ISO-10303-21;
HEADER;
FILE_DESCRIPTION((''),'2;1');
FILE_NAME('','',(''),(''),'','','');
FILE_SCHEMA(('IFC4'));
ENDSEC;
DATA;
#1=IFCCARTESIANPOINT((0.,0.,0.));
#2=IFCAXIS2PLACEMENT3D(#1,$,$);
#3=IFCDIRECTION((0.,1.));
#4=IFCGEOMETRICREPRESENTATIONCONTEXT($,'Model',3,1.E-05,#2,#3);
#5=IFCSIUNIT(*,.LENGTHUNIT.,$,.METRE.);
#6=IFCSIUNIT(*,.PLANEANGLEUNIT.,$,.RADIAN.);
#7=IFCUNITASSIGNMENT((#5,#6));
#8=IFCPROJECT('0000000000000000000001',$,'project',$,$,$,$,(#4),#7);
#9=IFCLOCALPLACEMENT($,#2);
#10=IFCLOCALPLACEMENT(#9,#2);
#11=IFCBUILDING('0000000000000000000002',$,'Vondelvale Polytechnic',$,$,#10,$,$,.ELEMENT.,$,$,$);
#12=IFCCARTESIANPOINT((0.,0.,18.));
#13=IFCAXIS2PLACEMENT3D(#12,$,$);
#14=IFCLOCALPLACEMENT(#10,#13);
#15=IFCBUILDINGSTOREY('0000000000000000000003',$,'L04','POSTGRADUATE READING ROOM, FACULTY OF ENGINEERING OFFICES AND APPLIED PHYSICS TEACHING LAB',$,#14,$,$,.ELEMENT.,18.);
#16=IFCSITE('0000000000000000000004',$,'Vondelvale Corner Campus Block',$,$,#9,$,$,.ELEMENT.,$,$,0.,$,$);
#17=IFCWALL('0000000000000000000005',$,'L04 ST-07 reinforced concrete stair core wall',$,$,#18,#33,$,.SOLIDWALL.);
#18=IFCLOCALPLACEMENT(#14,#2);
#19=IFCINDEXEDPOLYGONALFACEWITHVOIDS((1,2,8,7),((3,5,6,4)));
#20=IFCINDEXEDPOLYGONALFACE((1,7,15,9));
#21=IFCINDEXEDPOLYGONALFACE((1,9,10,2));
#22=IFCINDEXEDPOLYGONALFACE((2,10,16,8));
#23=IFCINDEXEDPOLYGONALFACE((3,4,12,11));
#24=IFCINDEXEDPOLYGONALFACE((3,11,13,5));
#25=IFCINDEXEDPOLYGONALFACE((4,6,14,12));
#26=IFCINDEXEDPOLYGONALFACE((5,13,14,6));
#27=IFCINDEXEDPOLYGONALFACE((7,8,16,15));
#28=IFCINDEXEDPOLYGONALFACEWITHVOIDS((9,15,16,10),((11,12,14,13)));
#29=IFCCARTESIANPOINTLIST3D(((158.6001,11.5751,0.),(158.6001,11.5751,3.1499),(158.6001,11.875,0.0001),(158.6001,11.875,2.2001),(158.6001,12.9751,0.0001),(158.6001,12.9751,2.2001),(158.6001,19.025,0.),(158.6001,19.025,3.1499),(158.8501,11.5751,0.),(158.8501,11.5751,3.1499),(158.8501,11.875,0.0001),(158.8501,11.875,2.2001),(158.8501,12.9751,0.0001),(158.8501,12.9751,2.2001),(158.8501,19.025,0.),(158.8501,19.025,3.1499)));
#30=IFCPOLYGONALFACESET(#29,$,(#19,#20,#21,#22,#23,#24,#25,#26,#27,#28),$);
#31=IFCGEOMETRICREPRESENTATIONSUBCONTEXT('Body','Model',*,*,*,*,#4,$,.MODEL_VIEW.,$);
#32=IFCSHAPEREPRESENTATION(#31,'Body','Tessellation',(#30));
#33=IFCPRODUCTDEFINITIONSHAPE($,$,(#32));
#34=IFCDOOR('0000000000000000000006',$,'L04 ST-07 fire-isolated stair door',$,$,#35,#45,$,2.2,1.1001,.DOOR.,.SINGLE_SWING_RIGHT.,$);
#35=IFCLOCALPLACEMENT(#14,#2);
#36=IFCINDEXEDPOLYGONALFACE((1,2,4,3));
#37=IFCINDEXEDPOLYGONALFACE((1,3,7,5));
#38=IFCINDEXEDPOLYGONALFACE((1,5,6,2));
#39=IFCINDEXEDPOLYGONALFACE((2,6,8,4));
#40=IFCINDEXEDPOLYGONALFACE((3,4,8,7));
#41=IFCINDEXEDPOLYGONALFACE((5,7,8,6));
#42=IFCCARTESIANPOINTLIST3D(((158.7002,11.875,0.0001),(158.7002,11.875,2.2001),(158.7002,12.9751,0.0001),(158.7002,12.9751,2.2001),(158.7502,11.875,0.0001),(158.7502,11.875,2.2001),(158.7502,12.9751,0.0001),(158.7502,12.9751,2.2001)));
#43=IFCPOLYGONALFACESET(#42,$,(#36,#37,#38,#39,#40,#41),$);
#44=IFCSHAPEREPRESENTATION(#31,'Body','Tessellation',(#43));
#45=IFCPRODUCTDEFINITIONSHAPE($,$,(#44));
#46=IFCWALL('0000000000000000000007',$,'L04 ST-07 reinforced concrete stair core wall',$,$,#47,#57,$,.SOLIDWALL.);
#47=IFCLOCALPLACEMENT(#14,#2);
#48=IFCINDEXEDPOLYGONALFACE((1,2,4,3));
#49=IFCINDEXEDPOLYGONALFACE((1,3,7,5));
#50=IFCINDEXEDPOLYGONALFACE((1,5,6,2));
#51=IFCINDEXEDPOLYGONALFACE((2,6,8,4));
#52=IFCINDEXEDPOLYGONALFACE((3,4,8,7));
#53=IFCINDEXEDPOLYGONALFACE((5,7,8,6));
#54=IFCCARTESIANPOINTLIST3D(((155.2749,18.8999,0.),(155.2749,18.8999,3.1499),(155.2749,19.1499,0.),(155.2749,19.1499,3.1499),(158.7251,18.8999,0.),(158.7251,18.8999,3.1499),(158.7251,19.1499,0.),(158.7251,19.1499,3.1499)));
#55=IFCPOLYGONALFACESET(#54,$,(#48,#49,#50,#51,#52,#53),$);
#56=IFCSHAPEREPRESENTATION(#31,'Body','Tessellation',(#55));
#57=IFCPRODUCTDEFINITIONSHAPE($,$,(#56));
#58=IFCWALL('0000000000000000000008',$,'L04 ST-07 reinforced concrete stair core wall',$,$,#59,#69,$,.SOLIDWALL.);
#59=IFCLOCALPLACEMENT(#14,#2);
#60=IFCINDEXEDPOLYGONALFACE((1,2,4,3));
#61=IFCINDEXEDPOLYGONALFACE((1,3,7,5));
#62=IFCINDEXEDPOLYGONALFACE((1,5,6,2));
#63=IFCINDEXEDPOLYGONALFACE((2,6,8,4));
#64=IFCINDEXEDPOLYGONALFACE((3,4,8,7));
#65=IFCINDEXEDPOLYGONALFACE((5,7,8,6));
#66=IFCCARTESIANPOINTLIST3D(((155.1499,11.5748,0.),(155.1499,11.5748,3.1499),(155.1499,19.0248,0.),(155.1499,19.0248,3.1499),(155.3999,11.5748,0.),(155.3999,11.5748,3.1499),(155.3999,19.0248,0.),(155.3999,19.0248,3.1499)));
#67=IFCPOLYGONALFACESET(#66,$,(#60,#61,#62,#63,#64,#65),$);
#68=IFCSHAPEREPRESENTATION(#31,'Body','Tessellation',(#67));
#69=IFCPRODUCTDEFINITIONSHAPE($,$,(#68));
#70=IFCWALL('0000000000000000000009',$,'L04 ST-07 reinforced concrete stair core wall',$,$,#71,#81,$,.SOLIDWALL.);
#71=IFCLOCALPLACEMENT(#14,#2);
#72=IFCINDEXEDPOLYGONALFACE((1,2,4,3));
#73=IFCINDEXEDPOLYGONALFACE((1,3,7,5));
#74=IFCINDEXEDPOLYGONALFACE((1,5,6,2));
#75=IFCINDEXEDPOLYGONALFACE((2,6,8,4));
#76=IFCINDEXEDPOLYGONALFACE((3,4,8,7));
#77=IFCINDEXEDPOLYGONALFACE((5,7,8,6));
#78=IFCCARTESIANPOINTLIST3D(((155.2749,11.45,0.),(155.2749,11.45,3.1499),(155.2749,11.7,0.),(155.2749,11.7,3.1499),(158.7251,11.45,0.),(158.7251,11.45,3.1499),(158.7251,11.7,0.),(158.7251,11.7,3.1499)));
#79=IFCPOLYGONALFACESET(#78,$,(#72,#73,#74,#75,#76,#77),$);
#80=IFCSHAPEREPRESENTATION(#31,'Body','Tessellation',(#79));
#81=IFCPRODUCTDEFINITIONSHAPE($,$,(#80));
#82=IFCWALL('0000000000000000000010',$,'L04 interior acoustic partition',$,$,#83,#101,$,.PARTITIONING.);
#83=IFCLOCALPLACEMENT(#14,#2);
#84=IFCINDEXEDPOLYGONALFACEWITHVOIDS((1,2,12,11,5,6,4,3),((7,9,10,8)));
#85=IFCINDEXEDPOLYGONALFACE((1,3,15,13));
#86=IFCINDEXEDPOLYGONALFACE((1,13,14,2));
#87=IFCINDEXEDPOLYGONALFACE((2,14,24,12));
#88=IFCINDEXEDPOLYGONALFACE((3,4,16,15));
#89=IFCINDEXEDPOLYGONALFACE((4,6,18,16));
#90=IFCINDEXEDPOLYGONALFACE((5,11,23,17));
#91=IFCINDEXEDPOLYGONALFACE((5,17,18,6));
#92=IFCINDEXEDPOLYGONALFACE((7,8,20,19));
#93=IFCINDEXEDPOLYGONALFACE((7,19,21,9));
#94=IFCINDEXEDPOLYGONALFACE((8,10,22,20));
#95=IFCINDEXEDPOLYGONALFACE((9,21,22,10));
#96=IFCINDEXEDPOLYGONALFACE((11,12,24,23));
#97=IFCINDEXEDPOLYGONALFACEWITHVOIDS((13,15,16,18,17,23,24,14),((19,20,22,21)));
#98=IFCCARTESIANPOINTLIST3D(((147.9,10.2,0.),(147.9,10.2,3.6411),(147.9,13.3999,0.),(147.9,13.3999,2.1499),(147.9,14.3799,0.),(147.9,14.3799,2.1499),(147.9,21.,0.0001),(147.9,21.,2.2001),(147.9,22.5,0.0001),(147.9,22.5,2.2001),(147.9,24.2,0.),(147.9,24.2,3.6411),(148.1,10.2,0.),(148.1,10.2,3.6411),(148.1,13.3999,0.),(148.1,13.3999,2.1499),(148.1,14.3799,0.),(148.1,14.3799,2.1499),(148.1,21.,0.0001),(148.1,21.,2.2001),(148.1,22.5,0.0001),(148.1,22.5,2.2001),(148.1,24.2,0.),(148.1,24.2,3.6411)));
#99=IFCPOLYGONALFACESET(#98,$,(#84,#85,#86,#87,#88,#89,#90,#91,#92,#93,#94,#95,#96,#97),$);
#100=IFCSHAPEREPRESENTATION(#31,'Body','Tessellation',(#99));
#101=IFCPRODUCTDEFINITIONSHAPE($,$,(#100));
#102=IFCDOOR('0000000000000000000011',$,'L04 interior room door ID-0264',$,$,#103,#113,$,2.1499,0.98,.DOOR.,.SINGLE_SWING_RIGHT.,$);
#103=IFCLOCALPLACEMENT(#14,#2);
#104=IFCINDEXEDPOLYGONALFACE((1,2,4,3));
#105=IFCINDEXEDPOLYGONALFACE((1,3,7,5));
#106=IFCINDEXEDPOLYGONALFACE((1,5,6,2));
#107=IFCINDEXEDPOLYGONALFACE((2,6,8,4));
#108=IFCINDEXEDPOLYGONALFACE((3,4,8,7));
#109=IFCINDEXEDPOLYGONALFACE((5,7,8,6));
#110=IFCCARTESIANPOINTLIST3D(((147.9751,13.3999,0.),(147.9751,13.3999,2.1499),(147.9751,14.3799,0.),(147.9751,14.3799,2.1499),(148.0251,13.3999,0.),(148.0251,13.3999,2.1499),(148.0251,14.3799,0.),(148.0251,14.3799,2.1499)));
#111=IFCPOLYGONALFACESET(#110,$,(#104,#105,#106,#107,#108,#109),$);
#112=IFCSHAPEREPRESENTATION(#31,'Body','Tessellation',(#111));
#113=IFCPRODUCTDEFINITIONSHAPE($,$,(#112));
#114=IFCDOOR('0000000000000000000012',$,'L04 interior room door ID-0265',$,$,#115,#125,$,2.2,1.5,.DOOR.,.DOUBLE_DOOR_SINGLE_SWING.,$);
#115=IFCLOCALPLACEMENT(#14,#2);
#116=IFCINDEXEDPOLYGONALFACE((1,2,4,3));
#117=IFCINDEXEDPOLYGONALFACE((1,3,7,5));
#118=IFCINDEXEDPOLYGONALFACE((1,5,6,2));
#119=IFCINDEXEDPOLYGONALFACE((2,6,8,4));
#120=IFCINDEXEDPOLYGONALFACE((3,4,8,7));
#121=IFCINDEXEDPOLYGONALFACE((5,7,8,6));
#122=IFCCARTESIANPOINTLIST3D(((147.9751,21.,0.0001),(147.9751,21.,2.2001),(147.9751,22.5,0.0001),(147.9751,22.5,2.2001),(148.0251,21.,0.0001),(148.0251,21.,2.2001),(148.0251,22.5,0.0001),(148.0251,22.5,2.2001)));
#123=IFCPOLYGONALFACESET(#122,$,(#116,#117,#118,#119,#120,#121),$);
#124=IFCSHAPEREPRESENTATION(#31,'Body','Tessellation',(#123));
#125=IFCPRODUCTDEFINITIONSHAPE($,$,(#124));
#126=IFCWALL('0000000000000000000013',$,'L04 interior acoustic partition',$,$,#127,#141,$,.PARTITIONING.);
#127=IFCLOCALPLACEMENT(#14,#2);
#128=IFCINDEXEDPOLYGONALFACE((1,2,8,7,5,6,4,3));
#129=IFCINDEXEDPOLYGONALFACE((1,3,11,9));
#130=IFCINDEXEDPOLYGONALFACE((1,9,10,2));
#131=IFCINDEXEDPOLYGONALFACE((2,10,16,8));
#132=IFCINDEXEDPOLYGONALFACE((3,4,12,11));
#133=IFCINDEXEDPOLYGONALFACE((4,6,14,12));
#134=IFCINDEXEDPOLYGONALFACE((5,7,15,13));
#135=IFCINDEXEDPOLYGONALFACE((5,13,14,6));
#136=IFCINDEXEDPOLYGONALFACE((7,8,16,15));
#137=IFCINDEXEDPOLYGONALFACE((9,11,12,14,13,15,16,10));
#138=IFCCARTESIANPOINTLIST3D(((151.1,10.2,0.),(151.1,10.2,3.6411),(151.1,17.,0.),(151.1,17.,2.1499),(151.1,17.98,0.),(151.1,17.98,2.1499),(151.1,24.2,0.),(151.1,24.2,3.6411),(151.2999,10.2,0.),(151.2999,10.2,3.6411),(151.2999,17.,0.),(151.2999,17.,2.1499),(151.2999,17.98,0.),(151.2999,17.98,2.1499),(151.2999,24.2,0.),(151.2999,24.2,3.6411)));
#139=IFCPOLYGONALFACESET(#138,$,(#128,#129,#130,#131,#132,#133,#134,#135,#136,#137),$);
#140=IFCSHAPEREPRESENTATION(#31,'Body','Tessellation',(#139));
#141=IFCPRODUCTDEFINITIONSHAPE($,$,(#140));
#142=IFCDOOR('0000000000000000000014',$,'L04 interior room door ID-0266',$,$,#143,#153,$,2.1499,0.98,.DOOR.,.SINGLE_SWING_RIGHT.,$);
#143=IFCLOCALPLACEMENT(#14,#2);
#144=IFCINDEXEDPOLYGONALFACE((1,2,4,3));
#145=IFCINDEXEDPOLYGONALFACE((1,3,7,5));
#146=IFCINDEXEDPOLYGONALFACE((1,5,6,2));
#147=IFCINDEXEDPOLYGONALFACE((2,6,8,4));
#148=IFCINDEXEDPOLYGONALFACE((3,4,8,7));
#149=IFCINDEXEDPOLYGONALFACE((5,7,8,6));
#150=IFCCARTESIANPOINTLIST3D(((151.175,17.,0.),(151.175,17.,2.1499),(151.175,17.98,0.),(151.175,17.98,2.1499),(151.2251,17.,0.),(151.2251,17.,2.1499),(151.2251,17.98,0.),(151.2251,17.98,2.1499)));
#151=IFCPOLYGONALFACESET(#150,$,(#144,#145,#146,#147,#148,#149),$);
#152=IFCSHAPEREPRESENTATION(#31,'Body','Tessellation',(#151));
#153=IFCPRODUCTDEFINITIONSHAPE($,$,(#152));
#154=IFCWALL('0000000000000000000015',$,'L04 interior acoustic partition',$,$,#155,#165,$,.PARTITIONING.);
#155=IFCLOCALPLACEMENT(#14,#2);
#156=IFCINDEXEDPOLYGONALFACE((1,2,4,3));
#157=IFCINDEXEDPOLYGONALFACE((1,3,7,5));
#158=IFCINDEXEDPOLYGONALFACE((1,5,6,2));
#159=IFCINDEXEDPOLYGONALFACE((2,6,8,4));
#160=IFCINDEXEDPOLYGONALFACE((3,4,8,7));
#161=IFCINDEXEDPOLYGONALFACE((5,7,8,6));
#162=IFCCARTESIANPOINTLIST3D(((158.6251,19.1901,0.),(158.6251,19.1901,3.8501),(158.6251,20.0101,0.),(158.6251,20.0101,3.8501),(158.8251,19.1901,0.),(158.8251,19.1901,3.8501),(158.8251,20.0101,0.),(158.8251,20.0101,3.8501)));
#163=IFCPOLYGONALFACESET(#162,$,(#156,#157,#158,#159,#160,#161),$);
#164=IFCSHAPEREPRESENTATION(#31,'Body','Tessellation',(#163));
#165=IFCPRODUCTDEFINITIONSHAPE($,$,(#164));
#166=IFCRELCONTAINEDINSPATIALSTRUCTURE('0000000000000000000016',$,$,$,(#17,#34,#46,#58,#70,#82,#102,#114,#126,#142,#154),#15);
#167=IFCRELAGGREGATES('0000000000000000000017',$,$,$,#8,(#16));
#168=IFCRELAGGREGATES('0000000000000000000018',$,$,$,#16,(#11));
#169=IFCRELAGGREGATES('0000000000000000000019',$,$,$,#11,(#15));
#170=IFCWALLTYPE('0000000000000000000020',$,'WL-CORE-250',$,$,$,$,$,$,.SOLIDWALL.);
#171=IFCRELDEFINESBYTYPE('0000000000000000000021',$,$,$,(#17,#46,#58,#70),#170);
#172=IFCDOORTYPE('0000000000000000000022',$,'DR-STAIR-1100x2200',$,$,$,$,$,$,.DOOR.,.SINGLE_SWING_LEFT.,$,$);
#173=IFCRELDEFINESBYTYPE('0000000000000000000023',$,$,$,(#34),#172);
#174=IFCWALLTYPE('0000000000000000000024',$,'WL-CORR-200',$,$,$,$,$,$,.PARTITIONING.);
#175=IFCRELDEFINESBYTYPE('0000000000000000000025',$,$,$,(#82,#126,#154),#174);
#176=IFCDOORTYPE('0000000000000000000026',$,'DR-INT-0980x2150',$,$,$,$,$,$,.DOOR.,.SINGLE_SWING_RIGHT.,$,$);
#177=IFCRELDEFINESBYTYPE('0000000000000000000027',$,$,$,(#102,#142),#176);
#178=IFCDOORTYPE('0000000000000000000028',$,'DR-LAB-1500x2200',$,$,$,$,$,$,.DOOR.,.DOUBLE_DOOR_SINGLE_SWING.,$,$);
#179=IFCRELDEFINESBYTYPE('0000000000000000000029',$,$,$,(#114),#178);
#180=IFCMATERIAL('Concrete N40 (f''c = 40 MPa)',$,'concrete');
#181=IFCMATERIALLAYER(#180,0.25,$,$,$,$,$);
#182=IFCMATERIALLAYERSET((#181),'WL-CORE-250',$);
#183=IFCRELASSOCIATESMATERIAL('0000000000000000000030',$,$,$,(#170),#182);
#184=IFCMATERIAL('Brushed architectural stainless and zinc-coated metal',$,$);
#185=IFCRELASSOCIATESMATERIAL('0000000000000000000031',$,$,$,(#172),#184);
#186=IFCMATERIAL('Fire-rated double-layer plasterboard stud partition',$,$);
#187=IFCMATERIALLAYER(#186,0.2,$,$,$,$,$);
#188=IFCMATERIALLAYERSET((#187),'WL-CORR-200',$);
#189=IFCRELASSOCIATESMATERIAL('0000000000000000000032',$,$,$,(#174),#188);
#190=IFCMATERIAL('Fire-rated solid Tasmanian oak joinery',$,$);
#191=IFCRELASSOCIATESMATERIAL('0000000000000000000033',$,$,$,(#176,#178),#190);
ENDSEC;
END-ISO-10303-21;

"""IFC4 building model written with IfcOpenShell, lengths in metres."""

from ifc_helpers import new_model, si_unit, direction, frame, frame_2d, origin, place, context, subcontext, project, spatial, rectangle, extrude, material, layer, layer_set, type_object, element, fill, save


model = new_model("IFC4")

# Units and contexts
model_context = context("Model", 3, precision=1e-05, world=origin(), true_north=direction((0.0, 1.0)))
body_context = subcontext(model_context, "Body", "Model", "MODEL_VIEW")
ifc_project = project(units=[si_unit("LENGTHUNIT", "METRE"), si_unit("PLANEANGLEUNIT", "RADIAN")], contexts=[model_context])

# Site, building, storey
site_placement = place(None, origin())
site = spatial("IfcSite", under=ifc_project, at=site_placement, Name="Vondelvale Corner Campus Block", CompositionType="ELEMENT", RefElevation=0.0)
building_placement = place(site_placement, origin())
building = spatial("IfcBuilding", under=site, at=building_placement, Name="Vondelvale Polytechnic", CompositionType="ELEMENT")
storey_placement = place(building_placement, frame((0.0, 0.0, 18.0)))
storey = spatial("IfcBuildingStorey", under=building, at=storey_placement, Name="L04", Description="POSTGRADUATE READING ROOM, FACULTY OF ENGINEERING OFFICES AND APPLIED PHYSICS TEACHING LAB", CompositionType="ELEMENT", Elevation=18.0)

# Shared definitions
ifc_material_1 = material(Name="Concrete N40 (f'c = 40 MPa)", Category="concrete")

# Shared definitions
ifc_layer_1 = layer(ifc_material_1, 0.25)
ifc_layer_set_1 = layer_set([ifc_layer_1], Name="WL-CORE-250")
wall_type_1 = type_object("IfcWallType", Name="WL-CORE-250", PredefinedType="SOLIDWALL", material=ifc_layer_set_1)
ifc_material_2 = material(Name="Brushed architectural stainless and zinc-coated metal")
door_type_1 = type_object("IfcDoorType", Name="DR-STAIR-1100x2200", OperationType="SINGLE_SWING_LEFT", PredefinedType="DOOR", material=ifc_material_2)

# Wall, opening, door
wall_1_placement = place(storey_placement, frame((158.7251, 11.575, 0.0), z_axis=(0.0, 0.0, 1.0), x_axis=(0.0, 1.0, 0.0)))
wall_1 = element("IfcWall", 1, at=wall_1_placement, inside=storey, type_object=wall_type_1, Name="L04 ST-07 reinforced concrete stair core wall", PredefinedType="SOLIDWALL", context=body_context, shape_type="SweptSolid", body=[
    extrude(rectangle(XDim=7.45, YDim=0.25, at=frame_2d((3.7251, 0.0))), origin(), (0.0, 0.0, 1.0), 3.1499),
])
opening_1_placement = place(wall_1_placement, frame((0.3, 0.0, 0.0)))
opening_1 = element("IfcOpeningElement", 2, at=opening_1_placement, cuts=wall_1, PredefinedType="OPENING", context=body_context, shape_type="SweptSolid", body=[
    extrude(rectangle(XDim=1.1001, YDim=2.2, at=frame_2d((0.55, 1.1001))), frame((0.0, 0.135, 0.0), z_axis=(0.0, -1.0, 0.0), x_axis=(1.0, 0.0, 0.0)), (0.0, 0.0, 1.0), 0.27),
])
door_1_placement = place(opening_1_placement, origin())
door_1 = element("IfcDoor", 3, at=door_1_placement, inside=storey, type_object=door_type_1, Name="L04 ST-07 fire-isolated stair door", OperationType="SINGLE_SWING_RIGHT", OverallHeight=2.2, OverallWidth=1.1001, PredefinedType="DOOR", context=body_context, shape_type="SweptSolid", body=[
    extrude(rectangle(XDim=1.1001, YDim=2.2, at=frame_2d((0.55, 1.1001))), frame((0.0, 0.0249, 0.0), z_axis=(0.0, -1.0, 0.0), x_axis=(1.0, 0.0, 0.0)), (0.0, 0.0, 1.0), 0.05),
])
fill(opening_1, door_1)

# Walls
wall_2_placement = place(storey_placement, frame((158.7251, 19.0249, 0.0), z_axis=(0.0, 0.0, 1.0), x_axis=(-1.0, 0.0, 0.0)))
element("IfcWall", 4, at=wall_2_placement, inside=storey, type_object=wall_type_1, Name="L04 ST-07 reinforced concrete stair core wall", PredefinedType="SOLIDWALL", context=body_context, shape_type="SweptSolid", body=[
    extrude(rectangle(XDim=3.4502, YDim=0.25, at=frame_2d((1.7251, 0.0))), origin(), (0.0, 0.0, 1.0), 3.1499),
])
wall_3_placement = place(storey_placement, frame((155.2749, 19.0249, 0.0), z_axis=(0.0, 0.0, 1.0), x_axis=(0.0, -1.0, 0.0)))
element("IfcWall", 5, at=wall_3_placement, inside=storey, type_object=wall_type_1, Name="L04 ST-07 reinforced concrete stair core wall", PredefinedType="SOLIDWALL", context=body_context, shape_type="SweptSolid", body=[
    extrude(rectangle(XDim=7.45, YDim=0.25, at=frame_2d((3.7251, 0.0))), origin(), (0.0, 0.0, 1.0), 3.1499),
])
wall_4_placement = place(storey_placement, frame((155.2749, 11.575, 0.0), z_axis=(0.0, 0.0, 1.0), x_axis=(1.0, 0.0, 0.0)))
element("IfcWall", 6, at=wall_4_placement, inside=storey, type_object=wall_type_1, Name="L04 ST-07 reinforced concrete stair core wall", PredefinedType="SOLIDWALL", context=body_context, shape_type="SweptSolid", body=[
    extrude(rectangle(XDim=3.4502, YDim=0.25, at=frame_2d((1.7251, 0.0))), origin(), (0.0, 0.0, 1.0), 3.1499),
])

# Wall, openings, doors
ifc_material_3 = material(Name="Fire-rated double-layer plasterboard stud partition")
ifc_layer_2 = layer(ifc_material_3, 0.2)
ifc_layer_set_2 = layer_set([ifc_layer_2], Name="WL-CORR-200")
wall_type_2 = type_object("IfcWallType", Name="WL-CORR-200", PredefinedType="PARTITIONING", material=ifc_layer_set_2)
wall_5_placement = place(storey_placement, frame((148.0, 10.2, 0.0), z_axis=(0.0, 0.0, 1.0), x_axis=(0.0, 1.0, 0.0)))
wall_5 = element("IfcWall", 7, at=wall_5_placement, inside=storey, type_object=wall_type_2, Name="L04 interior acoustic partition", PredefinedType="PARTITIONING", context=body_context, shape_type="SweptSolid", body=[
    extrude(rectangle(XDim=14.0, YDim=0.2, at=frame_2d((7.0, 0.0))), origin(), (0.0, 0.0, 1.0), 3.6411),
])
opening_2_placement = place(wall_5_placement, frame((3.2, 0.0, 0.0)))
opening_2 = element("IfcOpeningElement", 8, at=opening_2_placement, cuts=wall_5, PredefinedType="OPENING", context=body_context, shape_type="SweptSolid", body=[
    extrude(rectangle(XDim=0.98, YDim=2.1499, at=frame_2d((0.49, 1.075))), frame((0.0, 0.1099, 0.0), z_axis=(0.0, -1.0, 0.0), x_axis=(1.0, 0.0, 0.0)), (0.0, 0.0, 1.0), 0.22),
])
opening_3_placement = place(wall_5_placement, frame((10.8, 0.0, 0.0)))
opening_3 = element("IfcOpeningElement", 9, at=opening_3_placement, cuts=wall_5, PredefinedType="OPENING", context=body_context, shape_type="SweptSolid", body=[
    extrude(rectangle(XDim=1.5, YDim=2.2, at=frame_2d((0.75, 1.1001))), frame((0.0, 0.1099, 0.0), z_axis=(0.0, -1.0, 0.0), x_axis=(1.0, 0.0, 0.0)), (0.0, 0.0, 1.0), 0.22),
])
ifc_material_4 = material(Name="Fire-rated solid Tasmanian oak joinery")
door_type_2 = type_object("IfcDoorType", Name="DR-INT-0980x2150", OperationType="SINGLE_SWING_RIGHT", PredefinedType="DOOR", material=ifc_material_4)
door_2_placement = place(opening_2_placement, origin())
door_2 = element("IfcDoor", 10, at=door_2_placement, inside=storey, type_object=door_type_2, Name="L04 interior room door ID-0264", OperationType="SINGLE_SWING_RIGHT", OverallHeight=2.1499, OverallWidth=0.98, PredefinedType="DOOR", context=body_context, shape_type="SweptSolid", body=[
    extrude(rectangle(XDim=0.98, YDim=2.1499, at=frame_2d((0.49, 1.075))), frame((0.0, 0.0249, 0.0), z_axis=(0.0, -1.0, 0.0), x_axis=(1.0, 0.0, 0.0)), (0.0, 0.0, 1.0), 0.05),
])
fill(opening_2, door_2)
door_type_3 = type_object("IfcDoorType", Name="DR-LAB-1500x2200", OperationType="DOUBLE_DOOR_SINGLE_SWING", PredefinedType="DOOR", material=ifc_material_4)
door_3_placement = place(opening_3_placement, origin())
door_3 = element("IfcDoor", 11, at=door_3_placement, inside=storey, type_object=door_type_3, Name="L04 interior room door ID-0265", OperationType="DOUBLE_DOOR_SINGLE_SWING", OverallHeight=2.2, OverallWidth=1.5, PredefinedType="DOOR", context=body_context, shape_type="SweptSolid", body=[
    extrude(rectangle(XDim=1.5, YDim=2.2, at=frame_2d((0.75, 1.1001))), frame((0.0, 0.0249, 0.0), z_axis=(0.0, -1.0, 0.0), x_axis=(1.0, 0.0, 0.0)), (0.0, 0.0, 1.0), 0.05),
])
fill(opening_3, door_3)

# Wall, opening, door
wall_6_placement = place(storey_placement, frame((151.2, 10.2, 0.0), z_axis=(0.0, 0.0, 1.0), x_axis=(0.0, 1.0, 0.0)))
wall_6 = element("IfcWall", 12, at=wall_6_placement, inside=storey, type_object=wall_type_2, Name="L04 interior acoustic partition", PredefinedType="PARTITIONING", context=body_context, shape_type="SweptSolid", body=[
    extrude(rectangle(XDim=14.0, YDim=0.2, at=frame_2d((7.0, 0.0))), origin(), (0.0, 0.0, 1.0), 3.6411),
])
opening_4_placement = place(wall_6_placement, frame((6.8, 0.0, 0.0)))
opening_4 = element("IfcOpeningElement", 13, at=opening_4_placement, cuts=wall_6, PredefinedType="OPENING", context=body_context, shape_type="SweptSolid", body=[
    extrude(rectangle(XDim=0.98, YDim=2.1499, at=frame_2d((0.49, 1.075))), frame((0.0, 0.1099, 0.0), z_axis=(0.0, -1.0, 0.0), x_axis=(1.0, 0.0, 0.0)), (0.0, 0.0, 1.0), 0.22),
])
door_4_placement = place(opening_4_placement, origin())
door_4 = element("IfcDoor", 14, at=door_4_placement, inside=storey, type_object=door_type_2, Name="L04 interior room door ID-0266", OperationType="SINGLE_SWING_RIGHT", OverallHeight=2.1499, OverallWidth=0.98, PredefinedType="DOOR", context=body_context, shape_type="SweptSolid", body=[
    extrude(rectangle(XDim=0.98, YDim=2.1499, at=frame_2d((0.49, 1.075))), frame((0.0, 0.0249, 0.0), z_axis=(0.0, -1.0, 0.0), x_axis=(1.0, 0.0, 0.0)), (0.0, 0.0, 1.0), 0.05),
])
fill(opening_4, door_4)

# Wall
wall_7_placement = place(storey_placement, frame((158.7251, 19.1899, 0.0), z_axis=(0.0, 0.0, 1.0), x_axis=(0.0, 1.0, 0.0)))
element("IfcWall", 15, at=wall_7_placement, inside=storey, type_object=wall_type_2, Name="L04 interior acoustic partition", PredefinedType="PARTITIONING", context=body_context, shape_type="SweptSolid", body=[
    extrude(rectangle(XDim=0.8201, YDim=0.2, at=frame_2d((0.4102, 0.0))), origin(), (0.0, 0.0, 1.0), 3.8501),
])

save(model, "model.ifc")
